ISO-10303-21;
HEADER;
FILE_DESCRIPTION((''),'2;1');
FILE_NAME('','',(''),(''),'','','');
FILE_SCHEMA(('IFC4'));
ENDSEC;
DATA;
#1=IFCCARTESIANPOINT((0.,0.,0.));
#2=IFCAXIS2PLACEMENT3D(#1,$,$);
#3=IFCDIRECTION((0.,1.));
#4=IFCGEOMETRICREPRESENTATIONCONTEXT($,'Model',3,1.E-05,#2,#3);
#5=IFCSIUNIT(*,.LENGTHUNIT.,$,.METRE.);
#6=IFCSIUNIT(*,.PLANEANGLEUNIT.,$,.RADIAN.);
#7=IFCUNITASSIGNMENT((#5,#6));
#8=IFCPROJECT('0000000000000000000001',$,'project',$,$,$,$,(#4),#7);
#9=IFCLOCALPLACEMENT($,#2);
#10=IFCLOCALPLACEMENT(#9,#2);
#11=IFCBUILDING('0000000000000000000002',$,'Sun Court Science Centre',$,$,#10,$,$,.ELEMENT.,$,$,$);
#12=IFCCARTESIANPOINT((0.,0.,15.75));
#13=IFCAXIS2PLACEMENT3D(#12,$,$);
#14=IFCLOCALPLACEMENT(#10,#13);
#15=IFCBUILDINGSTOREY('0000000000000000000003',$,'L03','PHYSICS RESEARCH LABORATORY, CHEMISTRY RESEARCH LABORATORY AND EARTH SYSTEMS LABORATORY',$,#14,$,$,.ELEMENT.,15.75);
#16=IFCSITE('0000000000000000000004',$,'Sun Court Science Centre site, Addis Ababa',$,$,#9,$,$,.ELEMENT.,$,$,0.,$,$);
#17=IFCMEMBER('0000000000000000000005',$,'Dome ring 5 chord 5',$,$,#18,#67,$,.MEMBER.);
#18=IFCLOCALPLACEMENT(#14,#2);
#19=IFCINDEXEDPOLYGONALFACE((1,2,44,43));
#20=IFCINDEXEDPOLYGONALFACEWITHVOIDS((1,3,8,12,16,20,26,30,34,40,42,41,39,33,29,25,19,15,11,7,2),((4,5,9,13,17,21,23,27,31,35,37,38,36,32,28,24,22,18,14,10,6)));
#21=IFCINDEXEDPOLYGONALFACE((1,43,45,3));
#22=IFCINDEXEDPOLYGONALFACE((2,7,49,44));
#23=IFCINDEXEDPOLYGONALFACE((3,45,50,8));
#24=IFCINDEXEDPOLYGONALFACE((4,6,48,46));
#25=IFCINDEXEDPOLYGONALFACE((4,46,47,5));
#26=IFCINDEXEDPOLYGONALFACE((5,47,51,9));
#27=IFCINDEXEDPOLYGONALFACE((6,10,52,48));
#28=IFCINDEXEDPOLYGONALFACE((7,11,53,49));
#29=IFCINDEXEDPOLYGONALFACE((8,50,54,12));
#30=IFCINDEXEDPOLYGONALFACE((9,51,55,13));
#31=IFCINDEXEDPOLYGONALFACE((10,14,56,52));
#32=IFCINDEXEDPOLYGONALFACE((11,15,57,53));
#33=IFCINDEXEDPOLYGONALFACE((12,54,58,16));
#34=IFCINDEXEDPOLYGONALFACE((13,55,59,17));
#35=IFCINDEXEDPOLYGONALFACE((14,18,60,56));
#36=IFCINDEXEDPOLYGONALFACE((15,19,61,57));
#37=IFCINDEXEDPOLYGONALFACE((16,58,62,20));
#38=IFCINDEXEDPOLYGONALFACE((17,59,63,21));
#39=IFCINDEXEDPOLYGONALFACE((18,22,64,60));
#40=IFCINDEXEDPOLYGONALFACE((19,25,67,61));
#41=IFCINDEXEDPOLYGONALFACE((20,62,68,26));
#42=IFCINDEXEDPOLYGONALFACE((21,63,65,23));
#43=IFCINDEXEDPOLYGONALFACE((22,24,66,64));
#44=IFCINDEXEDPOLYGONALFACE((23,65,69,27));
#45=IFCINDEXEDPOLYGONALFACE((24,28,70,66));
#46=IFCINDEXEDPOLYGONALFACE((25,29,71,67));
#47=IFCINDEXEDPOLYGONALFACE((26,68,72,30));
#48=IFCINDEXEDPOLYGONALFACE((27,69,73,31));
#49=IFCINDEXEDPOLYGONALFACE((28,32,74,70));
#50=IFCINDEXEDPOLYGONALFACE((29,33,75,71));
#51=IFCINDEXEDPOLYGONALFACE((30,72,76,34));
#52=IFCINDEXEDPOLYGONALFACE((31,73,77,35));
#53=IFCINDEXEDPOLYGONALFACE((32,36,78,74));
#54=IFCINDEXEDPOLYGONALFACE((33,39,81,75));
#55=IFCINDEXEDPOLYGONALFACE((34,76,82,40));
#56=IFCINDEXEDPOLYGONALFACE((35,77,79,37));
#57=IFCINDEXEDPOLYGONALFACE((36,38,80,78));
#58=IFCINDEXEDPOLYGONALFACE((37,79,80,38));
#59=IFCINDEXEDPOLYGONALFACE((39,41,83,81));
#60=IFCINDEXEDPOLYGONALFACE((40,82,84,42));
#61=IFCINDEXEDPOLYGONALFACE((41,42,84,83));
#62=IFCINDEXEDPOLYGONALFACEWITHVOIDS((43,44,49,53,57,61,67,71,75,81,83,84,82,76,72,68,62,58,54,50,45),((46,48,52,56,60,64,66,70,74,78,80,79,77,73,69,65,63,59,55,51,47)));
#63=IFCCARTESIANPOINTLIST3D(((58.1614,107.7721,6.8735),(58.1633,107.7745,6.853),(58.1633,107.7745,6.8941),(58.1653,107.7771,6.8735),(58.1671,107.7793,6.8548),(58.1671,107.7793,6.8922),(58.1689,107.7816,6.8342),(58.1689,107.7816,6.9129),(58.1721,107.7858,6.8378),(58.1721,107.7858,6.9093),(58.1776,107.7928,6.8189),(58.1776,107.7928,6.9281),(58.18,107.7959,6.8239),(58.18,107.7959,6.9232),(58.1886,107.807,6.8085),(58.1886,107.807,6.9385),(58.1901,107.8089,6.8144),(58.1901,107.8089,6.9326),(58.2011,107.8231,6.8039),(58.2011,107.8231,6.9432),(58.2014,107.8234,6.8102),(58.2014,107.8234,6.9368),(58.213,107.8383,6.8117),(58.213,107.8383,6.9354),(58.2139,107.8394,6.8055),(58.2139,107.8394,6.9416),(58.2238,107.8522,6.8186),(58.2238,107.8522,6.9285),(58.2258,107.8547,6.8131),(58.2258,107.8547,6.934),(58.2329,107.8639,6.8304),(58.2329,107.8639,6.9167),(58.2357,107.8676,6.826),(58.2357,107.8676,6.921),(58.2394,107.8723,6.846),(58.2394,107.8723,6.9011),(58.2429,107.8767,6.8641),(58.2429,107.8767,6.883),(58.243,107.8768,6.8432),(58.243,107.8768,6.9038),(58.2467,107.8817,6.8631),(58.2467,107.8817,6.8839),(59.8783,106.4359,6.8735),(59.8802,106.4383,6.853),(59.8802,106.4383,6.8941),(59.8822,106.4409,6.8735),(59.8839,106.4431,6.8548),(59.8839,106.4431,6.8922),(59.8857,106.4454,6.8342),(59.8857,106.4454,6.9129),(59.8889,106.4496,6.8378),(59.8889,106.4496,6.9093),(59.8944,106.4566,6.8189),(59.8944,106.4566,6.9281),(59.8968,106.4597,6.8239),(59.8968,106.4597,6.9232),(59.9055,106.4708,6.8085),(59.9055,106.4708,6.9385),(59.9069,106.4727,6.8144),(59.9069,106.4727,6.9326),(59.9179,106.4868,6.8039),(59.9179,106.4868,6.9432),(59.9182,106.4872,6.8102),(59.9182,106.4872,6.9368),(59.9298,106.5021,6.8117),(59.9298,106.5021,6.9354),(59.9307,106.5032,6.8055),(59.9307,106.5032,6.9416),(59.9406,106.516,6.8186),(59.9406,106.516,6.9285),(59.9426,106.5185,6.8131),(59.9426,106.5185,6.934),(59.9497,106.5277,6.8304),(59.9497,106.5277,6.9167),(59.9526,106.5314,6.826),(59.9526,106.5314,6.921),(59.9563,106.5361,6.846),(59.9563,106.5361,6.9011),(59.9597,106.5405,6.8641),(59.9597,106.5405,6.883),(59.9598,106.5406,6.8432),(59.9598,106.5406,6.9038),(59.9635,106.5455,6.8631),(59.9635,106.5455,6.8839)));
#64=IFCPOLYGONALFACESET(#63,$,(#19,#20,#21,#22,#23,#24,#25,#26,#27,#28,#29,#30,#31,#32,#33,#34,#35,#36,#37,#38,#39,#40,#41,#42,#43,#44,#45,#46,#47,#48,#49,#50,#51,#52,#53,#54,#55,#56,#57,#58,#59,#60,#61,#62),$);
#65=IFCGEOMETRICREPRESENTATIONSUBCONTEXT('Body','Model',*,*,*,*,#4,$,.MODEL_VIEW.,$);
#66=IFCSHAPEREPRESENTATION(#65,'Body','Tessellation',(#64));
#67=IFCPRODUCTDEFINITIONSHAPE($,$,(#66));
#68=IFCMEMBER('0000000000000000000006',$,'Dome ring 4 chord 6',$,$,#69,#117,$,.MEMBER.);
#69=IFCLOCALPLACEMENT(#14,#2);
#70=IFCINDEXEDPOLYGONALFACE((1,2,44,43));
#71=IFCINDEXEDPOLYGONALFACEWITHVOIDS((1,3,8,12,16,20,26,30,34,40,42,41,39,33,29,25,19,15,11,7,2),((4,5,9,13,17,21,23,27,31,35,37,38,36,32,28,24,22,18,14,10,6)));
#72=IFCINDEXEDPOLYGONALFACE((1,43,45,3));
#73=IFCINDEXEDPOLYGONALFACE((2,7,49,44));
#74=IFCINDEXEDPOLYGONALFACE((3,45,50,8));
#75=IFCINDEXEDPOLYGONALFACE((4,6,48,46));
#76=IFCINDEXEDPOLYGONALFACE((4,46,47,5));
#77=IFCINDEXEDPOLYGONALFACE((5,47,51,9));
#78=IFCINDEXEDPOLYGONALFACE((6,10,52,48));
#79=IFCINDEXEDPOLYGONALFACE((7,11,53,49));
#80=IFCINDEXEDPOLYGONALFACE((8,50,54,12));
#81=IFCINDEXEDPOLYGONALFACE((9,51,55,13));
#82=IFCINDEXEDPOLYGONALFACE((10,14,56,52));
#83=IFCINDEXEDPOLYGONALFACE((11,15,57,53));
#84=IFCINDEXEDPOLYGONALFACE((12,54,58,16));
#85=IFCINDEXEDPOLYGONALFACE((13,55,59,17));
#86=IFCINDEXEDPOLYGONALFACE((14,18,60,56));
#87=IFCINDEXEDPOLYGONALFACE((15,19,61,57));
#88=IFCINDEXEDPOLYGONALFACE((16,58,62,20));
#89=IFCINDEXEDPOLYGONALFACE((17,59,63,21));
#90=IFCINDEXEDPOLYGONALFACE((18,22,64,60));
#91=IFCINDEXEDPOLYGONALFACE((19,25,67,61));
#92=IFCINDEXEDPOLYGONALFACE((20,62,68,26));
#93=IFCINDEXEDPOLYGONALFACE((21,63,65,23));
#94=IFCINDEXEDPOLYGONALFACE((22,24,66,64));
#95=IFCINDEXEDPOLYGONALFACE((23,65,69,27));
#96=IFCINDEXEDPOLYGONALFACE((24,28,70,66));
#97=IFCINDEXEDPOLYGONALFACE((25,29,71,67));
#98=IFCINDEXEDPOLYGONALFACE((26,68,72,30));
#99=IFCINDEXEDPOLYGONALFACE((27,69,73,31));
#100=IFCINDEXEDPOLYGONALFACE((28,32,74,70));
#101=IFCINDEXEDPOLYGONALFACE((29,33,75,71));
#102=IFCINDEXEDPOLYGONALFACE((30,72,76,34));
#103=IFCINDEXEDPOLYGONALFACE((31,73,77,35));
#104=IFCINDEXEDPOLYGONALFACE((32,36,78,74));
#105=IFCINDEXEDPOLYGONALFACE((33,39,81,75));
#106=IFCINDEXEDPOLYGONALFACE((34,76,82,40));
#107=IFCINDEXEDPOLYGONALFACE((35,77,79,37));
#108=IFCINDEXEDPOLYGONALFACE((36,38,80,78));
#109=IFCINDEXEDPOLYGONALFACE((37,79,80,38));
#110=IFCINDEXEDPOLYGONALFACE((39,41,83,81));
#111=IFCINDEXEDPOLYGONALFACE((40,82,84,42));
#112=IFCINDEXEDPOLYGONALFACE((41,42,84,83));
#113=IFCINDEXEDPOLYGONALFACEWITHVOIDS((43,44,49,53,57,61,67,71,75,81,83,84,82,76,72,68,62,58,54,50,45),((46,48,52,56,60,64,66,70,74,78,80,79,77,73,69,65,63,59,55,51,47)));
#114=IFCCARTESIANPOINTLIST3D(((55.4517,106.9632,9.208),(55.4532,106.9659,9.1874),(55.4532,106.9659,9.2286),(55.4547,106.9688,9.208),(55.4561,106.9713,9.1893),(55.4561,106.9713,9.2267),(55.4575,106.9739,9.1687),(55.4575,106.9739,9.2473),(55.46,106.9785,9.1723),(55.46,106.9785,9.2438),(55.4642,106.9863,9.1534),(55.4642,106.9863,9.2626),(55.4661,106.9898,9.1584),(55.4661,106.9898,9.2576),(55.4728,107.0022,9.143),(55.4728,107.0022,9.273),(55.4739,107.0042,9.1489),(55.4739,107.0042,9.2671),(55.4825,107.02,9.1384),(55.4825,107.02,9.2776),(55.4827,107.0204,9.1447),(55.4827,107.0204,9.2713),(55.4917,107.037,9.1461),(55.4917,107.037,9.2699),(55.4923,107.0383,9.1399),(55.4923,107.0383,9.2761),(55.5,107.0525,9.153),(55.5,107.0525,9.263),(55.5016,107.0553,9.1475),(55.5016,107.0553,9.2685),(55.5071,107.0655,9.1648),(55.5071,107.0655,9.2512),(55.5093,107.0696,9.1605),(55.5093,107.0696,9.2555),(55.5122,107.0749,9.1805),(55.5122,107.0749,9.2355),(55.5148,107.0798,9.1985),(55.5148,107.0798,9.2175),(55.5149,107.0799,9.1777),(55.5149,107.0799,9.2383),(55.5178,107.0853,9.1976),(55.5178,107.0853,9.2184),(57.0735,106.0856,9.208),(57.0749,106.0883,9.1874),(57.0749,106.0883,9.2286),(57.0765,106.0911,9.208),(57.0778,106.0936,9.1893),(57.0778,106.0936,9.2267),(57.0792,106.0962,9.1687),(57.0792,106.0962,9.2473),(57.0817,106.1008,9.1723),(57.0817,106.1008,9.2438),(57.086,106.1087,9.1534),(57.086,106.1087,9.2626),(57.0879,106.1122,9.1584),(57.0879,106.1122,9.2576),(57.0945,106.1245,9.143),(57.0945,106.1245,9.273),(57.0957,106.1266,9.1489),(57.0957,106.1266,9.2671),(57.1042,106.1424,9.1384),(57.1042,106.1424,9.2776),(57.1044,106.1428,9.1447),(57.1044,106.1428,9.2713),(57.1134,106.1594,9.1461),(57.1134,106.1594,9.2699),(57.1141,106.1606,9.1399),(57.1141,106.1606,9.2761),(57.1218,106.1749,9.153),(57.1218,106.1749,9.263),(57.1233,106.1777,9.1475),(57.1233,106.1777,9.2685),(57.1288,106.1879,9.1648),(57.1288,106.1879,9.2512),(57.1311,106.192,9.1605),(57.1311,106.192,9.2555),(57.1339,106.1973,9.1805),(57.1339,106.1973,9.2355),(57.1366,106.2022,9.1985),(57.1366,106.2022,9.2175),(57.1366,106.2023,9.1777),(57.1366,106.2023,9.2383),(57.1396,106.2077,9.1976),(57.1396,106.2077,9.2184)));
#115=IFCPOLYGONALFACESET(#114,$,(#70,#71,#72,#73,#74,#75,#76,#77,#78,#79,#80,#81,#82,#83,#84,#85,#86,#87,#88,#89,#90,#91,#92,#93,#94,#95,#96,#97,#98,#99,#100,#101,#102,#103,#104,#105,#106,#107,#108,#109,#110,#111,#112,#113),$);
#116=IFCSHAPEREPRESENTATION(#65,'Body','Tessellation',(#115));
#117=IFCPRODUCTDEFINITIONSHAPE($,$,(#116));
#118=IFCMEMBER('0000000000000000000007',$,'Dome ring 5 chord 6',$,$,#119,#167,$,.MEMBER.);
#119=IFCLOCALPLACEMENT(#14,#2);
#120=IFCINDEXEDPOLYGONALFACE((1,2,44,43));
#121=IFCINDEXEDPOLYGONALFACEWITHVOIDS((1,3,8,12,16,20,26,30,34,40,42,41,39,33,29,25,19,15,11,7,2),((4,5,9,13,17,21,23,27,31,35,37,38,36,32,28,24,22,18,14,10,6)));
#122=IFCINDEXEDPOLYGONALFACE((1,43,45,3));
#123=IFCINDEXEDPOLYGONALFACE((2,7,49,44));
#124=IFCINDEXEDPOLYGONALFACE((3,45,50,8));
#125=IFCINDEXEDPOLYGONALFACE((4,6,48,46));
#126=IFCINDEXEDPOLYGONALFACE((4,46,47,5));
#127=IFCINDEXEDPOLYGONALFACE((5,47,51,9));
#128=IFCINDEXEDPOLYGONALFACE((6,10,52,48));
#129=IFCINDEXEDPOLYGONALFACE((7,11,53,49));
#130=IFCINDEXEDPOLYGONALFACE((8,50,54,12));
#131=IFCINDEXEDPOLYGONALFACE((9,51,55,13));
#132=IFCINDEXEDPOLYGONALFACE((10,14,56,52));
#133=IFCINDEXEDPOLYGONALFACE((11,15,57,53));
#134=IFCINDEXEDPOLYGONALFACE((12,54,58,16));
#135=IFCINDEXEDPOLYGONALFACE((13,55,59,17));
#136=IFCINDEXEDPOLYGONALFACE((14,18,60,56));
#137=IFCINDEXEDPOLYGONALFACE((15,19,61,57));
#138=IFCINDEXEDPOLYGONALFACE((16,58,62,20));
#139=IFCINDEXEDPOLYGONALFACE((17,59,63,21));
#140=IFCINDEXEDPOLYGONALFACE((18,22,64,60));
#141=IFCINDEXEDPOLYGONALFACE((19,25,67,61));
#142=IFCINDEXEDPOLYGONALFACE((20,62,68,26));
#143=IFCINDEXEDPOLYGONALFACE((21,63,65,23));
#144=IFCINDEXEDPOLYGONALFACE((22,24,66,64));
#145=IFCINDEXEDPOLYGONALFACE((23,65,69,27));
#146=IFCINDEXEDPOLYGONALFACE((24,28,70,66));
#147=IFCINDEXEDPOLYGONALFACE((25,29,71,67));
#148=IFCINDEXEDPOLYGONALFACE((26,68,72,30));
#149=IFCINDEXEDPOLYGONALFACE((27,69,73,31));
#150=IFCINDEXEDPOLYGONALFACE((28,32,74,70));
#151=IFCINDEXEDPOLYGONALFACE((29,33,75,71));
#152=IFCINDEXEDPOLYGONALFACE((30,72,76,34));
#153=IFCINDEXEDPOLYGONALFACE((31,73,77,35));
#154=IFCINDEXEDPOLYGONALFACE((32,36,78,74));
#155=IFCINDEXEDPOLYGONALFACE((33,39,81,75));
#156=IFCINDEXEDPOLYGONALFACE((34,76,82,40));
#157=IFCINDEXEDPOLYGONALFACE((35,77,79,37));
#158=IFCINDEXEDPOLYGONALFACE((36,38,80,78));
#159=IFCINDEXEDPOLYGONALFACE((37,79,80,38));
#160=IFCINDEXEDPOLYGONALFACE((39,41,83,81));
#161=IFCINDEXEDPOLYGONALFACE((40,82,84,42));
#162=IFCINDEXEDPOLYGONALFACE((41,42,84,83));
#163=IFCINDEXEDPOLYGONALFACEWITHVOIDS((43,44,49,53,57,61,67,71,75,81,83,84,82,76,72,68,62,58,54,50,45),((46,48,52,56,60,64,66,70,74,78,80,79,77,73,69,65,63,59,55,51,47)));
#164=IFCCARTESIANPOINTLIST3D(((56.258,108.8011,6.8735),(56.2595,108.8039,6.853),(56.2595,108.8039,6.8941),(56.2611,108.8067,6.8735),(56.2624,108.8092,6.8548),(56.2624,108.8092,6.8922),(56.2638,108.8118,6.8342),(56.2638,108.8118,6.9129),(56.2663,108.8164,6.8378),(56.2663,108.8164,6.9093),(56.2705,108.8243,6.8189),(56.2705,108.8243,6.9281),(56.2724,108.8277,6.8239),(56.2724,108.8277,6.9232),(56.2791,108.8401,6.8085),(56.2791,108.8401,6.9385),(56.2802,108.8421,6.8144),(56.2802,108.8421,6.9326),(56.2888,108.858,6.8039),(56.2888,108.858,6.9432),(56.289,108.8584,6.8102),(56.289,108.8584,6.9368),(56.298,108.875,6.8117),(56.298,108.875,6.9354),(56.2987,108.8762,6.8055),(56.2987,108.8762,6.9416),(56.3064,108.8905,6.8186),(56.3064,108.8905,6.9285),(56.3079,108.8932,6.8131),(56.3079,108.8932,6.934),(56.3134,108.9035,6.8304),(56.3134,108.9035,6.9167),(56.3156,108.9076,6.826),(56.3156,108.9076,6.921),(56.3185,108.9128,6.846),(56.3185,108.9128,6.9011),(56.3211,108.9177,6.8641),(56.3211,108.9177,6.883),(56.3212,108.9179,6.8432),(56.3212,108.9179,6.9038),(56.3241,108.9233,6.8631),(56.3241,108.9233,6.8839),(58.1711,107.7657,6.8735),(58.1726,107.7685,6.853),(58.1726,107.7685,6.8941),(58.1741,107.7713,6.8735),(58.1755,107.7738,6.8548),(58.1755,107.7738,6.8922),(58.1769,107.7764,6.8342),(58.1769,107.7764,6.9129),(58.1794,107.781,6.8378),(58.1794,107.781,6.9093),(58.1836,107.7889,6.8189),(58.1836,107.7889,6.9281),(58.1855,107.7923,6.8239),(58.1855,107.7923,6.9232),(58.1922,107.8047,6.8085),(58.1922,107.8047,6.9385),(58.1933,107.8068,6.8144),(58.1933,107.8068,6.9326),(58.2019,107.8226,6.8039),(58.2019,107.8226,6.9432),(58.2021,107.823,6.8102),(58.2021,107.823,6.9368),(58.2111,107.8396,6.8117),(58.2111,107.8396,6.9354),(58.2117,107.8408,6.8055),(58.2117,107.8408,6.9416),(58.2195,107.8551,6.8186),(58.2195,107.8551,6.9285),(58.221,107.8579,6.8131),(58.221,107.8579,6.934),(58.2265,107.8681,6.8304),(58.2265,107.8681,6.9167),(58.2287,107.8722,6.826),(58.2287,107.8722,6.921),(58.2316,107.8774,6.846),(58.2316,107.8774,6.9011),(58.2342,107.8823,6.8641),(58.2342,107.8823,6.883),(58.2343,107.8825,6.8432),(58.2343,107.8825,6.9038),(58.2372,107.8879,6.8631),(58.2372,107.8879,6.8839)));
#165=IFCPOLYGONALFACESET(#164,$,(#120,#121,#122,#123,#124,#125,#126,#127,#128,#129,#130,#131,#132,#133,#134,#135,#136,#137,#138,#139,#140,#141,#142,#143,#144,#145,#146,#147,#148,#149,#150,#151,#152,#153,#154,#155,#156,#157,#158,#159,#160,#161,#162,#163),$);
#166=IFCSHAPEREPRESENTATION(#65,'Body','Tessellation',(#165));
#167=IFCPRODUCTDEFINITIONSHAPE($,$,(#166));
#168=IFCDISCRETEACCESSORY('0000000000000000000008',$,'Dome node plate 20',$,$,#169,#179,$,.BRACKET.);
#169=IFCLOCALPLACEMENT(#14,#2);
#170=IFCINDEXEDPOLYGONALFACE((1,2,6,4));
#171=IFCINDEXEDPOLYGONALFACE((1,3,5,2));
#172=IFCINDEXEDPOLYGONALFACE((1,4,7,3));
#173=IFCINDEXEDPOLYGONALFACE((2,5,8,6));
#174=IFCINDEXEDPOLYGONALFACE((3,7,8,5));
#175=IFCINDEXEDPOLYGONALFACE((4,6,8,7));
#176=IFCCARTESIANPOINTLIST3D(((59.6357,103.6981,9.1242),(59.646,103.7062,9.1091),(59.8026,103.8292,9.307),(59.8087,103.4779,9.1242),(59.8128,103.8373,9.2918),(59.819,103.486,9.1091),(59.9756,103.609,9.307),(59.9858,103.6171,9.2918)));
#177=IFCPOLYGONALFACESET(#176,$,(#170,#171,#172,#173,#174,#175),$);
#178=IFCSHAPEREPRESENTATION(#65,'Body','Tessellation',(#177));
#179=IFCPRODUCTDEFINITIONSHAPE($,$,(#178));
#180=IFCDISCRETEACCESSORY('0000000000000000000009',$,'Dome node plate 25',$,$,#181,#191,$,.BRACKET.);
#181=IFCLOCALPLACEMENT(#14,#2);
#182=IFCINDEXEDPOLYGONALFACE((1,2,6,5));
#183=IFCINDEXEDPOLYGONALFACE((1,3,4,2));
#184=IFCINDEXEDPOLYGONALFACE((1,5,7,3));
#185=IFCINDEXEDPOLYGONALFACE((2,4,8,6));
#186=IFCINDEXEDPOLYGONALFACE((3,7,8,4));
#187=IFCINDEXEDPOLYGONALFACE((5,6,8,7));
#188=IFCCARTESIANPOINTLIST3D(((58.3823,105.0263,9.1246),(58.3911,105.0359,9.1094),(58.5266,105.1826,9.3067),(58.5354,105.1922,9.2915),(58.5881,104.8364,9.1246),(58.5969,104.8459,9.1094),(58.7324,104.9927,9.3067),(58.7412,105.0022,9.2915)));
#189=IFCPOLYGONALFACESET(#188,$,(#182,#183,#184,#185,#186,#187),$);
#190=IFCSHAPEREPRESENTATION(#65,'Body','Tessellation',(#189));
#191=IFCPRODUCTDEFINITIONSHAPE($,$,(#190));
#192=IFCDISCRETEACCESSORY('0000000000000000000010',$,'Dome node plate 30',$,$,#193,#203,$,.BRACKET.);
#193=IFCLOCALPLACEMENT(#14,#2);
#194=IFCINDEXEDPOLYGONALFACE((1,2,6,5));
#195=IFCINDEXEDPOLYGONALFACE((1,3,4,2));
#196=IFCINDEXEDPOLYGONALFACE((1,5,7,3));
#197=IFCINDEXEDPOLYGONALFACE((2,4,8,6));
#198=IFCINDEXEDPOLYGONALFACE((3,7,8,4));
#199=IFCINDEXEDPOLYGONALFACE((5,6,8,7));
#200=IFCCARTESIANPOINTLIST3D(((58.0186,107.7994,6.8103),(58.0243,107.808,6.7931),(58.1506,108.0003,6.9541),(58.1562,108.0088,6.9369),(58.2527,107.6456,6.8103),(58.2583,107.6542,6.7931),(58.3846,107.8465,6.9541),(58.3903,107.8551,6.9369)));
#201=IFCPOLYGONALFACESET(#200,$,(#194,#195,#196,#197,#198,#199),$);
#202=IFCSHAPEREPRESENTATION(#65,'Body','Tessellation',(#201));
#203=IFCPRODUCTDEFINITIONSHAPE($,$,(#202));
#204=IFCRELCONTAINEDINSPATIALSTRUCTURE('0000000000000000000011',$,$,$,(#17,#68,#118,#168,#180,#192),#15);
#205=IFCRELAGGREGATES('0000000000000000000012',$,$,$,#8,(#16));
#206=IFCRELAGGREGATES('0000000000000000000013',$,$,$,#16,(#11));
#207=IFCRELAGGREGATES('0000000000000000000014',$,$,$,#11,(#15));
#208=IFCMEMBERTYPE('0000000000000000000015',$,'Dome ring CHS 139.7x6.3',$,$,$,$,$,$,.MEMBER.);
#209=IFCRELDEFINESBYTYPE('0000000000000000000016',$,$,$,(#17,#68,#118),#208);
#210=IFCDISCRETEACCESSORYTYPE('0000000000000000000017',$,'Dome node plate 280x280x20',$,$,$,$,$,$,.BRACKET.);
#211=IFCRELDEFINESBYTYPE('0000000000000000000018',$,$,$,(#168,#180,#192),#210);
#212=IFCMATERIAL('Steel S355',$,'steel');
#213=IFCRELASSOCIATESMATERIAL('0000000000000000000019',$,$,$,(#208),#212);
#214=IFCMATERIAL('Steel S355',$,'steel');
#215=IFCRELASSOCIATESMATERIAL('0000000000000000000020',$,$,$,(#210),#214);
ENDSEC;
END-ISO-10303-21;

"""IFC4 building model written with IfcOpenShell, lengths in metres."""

from ifc_helpers import new_model, si_unit, direction, frame, origin, origin_2d, place, context, subcontext, project, spatial, rectangle, hollow_circle, extrude, material, material_profile, profile_set, type_object, element, save


model = new_model("IFC4")

# Units and contexts
model_context = context("Model", 3, precision=1e-05, world=origin(), true_north=direction((0.0, 1.0)))
body_context = subcontext(model_context, "Body", "Model", "MODEL_VIEW")
ifc_project = project(units=[si_unit("LENGTHUNIT", "METRE"), si_unit("PLANEANGLEUNIT", "RADIAN")], contexts=[model_context])

# Site, building, storey
site_placement = place(None, origin())
site = spatial("IfcSite", under=ifc_project, at=site_placement, Name="Sun Court Science Centre site, Addis Ababa", CompositionType="ELEMENT", RefElevation=0.0)
building_placement = place(site_placement, origin())
building = spatial("IfcBuilding", under=site, at=building_placement, Name="Sun Court Science Centre", CompositionType="ELEMENT")
storey_placement = place(building_placement, frame((0.0, 0.0, 15.75)))
storey = spatial("IfcBuildingStorey", under=building, at=storey_placement, Name="L03", Description="PHYSICS RESEARCH LABORATORY, CHEMISTRY RESEARCH LABORATORY AND EARTH SYSTEMS LABORATORY", CompositionType="ELEMENT", Elevation=15.75)

# Members
ifc_material_1 = material(Name="Steel S355", Category="steel")
ifc_material_profile_1 = material_profile(ifc_material_1, hollow_circle(Radius=0.0698, WallThickness=0.0063, at=origin_2d()), Name="CHS 139.7x6.3")
ifc_profile_set_1 = profile_set([ifc_material_profile_1], Name="Steel S355")
member_type_1 = type_object("IfcMemberType", Name="Dome ring CHS 139.7x6.3", PredefinedType="MEMBER", material=ifc_profile_set_1)
member_1_placement = place(storey_placement, frame((59.9211, 106.491, 6.8735), z_axis=(-0.789153, 0.614197, 0.0), x_axis=(-0.614197, -0.789153, 0.0)))
element("IfcMember", 1, at=member_1_placement, inside=storey, type_object=member_type_1, Name="Dome ring 5 chord 5", PredefinedType="MEMBER", context=body_context, shape_type="SweptSolid", body=[
    extrude(hollow_circle(Radius=0.0698, WallThickness=0.0063, at=origin_2d()), origin(), (0.0, 0.0, 1.0), 2.1755),
])
member_2_placement = place(storey_placement, frame((57.1067, 106.147, 9.208), z_axis=(-0.879474, 0.475946, 0.0), x_axis=(-0.475946, -0.879474, 0.0)))
element("IfcMember", 2, at=member_2_placement, inside=storey, type_object=member_type_1, Name="Dome ring 4 chord 6", PredefinedType="MEMBER", context=body_context, shape_type="SweptSolid", body=[
    extrude(hollow_circle(Radius=0.0698, WallThickness=0.0063, at=origin_2d()), origin(), (0.0, 0.0, 1.0), 1.844),
])
member_3_placement = place(storey_placement, frame((58.2043, 107.8271, 6.8735), z_axis=(-0.879456, 0.475979, 0.0), x_axis=(-0.475979, -0.879456, 0.0)))
element("IfcMember", 3, at=member_3_placement, inside=storey, type_object=member_type_1, Name="Dome ring 5 chord 6", PredefinedType="MEMBER", context=body_context, shape_type="SweptSolid", body=[
    extrude(hollow_circle(Radius=0.0698, WallThickness=0.0063, at=origin_2d()), origin(), (0.0, 0.0, 1.0), 2.1753),
])

# Discrete accessories
ifc_material_2 = material(Name="Steel S355", Category="steel")
ifc_material_profile_2 = material_profile(ifc_material_2, rectangle(XDim=0.28, YDim=0.28, at=origin_2d()), Name="PL 280x280")
ifc_profile_set_2 = profile_set([ifc_material_profile_2], Name="Steel S355")
discrete_accessory_type = type_object("IfcDiscreteAccessoryType", Name="Dome node plate 280x280x20", PredefinedType="BRACKET", material=ifc_profile_set_2)
for number, where, z_axis, x_axis, name in (
    (4, (59.8159, 103.6616, 9.2004), (-0.513227, -0.403249, 0.75762), (0.617822, -0.786318, 0.0), "Dome node plate 20"),
    (5, (58.5662, 105.019, 9.2004), (-0.441096, -0.477854, 0.759665), (0.734803, -0.67828, 0.0), "Dome node plate 25"),
    (6, (58.2073, 107.8315, 6.865), (-0.281959, -0.429069, 0.858137), (0.835705, -0.549178, 0.0), "Dome node plate 30"),
):
    element("IfcDiscreteAccessory", number, at=place(storey_placement, frame(where, z_axis=z_axis, x_axis=x_axis)), inside=storey, type_object=discrete_accessory_type, Name=name, PredefinedType="BRACKET", context=body_context, shape_type="SweptSolid", body=[
        extrude(rectangle(XDim=0.28, YDim=0.28, at=origin_2d()), origin(), (0.0, 0.0, 1.0), 0.02),
    ])

save(model, "model.ifc")
